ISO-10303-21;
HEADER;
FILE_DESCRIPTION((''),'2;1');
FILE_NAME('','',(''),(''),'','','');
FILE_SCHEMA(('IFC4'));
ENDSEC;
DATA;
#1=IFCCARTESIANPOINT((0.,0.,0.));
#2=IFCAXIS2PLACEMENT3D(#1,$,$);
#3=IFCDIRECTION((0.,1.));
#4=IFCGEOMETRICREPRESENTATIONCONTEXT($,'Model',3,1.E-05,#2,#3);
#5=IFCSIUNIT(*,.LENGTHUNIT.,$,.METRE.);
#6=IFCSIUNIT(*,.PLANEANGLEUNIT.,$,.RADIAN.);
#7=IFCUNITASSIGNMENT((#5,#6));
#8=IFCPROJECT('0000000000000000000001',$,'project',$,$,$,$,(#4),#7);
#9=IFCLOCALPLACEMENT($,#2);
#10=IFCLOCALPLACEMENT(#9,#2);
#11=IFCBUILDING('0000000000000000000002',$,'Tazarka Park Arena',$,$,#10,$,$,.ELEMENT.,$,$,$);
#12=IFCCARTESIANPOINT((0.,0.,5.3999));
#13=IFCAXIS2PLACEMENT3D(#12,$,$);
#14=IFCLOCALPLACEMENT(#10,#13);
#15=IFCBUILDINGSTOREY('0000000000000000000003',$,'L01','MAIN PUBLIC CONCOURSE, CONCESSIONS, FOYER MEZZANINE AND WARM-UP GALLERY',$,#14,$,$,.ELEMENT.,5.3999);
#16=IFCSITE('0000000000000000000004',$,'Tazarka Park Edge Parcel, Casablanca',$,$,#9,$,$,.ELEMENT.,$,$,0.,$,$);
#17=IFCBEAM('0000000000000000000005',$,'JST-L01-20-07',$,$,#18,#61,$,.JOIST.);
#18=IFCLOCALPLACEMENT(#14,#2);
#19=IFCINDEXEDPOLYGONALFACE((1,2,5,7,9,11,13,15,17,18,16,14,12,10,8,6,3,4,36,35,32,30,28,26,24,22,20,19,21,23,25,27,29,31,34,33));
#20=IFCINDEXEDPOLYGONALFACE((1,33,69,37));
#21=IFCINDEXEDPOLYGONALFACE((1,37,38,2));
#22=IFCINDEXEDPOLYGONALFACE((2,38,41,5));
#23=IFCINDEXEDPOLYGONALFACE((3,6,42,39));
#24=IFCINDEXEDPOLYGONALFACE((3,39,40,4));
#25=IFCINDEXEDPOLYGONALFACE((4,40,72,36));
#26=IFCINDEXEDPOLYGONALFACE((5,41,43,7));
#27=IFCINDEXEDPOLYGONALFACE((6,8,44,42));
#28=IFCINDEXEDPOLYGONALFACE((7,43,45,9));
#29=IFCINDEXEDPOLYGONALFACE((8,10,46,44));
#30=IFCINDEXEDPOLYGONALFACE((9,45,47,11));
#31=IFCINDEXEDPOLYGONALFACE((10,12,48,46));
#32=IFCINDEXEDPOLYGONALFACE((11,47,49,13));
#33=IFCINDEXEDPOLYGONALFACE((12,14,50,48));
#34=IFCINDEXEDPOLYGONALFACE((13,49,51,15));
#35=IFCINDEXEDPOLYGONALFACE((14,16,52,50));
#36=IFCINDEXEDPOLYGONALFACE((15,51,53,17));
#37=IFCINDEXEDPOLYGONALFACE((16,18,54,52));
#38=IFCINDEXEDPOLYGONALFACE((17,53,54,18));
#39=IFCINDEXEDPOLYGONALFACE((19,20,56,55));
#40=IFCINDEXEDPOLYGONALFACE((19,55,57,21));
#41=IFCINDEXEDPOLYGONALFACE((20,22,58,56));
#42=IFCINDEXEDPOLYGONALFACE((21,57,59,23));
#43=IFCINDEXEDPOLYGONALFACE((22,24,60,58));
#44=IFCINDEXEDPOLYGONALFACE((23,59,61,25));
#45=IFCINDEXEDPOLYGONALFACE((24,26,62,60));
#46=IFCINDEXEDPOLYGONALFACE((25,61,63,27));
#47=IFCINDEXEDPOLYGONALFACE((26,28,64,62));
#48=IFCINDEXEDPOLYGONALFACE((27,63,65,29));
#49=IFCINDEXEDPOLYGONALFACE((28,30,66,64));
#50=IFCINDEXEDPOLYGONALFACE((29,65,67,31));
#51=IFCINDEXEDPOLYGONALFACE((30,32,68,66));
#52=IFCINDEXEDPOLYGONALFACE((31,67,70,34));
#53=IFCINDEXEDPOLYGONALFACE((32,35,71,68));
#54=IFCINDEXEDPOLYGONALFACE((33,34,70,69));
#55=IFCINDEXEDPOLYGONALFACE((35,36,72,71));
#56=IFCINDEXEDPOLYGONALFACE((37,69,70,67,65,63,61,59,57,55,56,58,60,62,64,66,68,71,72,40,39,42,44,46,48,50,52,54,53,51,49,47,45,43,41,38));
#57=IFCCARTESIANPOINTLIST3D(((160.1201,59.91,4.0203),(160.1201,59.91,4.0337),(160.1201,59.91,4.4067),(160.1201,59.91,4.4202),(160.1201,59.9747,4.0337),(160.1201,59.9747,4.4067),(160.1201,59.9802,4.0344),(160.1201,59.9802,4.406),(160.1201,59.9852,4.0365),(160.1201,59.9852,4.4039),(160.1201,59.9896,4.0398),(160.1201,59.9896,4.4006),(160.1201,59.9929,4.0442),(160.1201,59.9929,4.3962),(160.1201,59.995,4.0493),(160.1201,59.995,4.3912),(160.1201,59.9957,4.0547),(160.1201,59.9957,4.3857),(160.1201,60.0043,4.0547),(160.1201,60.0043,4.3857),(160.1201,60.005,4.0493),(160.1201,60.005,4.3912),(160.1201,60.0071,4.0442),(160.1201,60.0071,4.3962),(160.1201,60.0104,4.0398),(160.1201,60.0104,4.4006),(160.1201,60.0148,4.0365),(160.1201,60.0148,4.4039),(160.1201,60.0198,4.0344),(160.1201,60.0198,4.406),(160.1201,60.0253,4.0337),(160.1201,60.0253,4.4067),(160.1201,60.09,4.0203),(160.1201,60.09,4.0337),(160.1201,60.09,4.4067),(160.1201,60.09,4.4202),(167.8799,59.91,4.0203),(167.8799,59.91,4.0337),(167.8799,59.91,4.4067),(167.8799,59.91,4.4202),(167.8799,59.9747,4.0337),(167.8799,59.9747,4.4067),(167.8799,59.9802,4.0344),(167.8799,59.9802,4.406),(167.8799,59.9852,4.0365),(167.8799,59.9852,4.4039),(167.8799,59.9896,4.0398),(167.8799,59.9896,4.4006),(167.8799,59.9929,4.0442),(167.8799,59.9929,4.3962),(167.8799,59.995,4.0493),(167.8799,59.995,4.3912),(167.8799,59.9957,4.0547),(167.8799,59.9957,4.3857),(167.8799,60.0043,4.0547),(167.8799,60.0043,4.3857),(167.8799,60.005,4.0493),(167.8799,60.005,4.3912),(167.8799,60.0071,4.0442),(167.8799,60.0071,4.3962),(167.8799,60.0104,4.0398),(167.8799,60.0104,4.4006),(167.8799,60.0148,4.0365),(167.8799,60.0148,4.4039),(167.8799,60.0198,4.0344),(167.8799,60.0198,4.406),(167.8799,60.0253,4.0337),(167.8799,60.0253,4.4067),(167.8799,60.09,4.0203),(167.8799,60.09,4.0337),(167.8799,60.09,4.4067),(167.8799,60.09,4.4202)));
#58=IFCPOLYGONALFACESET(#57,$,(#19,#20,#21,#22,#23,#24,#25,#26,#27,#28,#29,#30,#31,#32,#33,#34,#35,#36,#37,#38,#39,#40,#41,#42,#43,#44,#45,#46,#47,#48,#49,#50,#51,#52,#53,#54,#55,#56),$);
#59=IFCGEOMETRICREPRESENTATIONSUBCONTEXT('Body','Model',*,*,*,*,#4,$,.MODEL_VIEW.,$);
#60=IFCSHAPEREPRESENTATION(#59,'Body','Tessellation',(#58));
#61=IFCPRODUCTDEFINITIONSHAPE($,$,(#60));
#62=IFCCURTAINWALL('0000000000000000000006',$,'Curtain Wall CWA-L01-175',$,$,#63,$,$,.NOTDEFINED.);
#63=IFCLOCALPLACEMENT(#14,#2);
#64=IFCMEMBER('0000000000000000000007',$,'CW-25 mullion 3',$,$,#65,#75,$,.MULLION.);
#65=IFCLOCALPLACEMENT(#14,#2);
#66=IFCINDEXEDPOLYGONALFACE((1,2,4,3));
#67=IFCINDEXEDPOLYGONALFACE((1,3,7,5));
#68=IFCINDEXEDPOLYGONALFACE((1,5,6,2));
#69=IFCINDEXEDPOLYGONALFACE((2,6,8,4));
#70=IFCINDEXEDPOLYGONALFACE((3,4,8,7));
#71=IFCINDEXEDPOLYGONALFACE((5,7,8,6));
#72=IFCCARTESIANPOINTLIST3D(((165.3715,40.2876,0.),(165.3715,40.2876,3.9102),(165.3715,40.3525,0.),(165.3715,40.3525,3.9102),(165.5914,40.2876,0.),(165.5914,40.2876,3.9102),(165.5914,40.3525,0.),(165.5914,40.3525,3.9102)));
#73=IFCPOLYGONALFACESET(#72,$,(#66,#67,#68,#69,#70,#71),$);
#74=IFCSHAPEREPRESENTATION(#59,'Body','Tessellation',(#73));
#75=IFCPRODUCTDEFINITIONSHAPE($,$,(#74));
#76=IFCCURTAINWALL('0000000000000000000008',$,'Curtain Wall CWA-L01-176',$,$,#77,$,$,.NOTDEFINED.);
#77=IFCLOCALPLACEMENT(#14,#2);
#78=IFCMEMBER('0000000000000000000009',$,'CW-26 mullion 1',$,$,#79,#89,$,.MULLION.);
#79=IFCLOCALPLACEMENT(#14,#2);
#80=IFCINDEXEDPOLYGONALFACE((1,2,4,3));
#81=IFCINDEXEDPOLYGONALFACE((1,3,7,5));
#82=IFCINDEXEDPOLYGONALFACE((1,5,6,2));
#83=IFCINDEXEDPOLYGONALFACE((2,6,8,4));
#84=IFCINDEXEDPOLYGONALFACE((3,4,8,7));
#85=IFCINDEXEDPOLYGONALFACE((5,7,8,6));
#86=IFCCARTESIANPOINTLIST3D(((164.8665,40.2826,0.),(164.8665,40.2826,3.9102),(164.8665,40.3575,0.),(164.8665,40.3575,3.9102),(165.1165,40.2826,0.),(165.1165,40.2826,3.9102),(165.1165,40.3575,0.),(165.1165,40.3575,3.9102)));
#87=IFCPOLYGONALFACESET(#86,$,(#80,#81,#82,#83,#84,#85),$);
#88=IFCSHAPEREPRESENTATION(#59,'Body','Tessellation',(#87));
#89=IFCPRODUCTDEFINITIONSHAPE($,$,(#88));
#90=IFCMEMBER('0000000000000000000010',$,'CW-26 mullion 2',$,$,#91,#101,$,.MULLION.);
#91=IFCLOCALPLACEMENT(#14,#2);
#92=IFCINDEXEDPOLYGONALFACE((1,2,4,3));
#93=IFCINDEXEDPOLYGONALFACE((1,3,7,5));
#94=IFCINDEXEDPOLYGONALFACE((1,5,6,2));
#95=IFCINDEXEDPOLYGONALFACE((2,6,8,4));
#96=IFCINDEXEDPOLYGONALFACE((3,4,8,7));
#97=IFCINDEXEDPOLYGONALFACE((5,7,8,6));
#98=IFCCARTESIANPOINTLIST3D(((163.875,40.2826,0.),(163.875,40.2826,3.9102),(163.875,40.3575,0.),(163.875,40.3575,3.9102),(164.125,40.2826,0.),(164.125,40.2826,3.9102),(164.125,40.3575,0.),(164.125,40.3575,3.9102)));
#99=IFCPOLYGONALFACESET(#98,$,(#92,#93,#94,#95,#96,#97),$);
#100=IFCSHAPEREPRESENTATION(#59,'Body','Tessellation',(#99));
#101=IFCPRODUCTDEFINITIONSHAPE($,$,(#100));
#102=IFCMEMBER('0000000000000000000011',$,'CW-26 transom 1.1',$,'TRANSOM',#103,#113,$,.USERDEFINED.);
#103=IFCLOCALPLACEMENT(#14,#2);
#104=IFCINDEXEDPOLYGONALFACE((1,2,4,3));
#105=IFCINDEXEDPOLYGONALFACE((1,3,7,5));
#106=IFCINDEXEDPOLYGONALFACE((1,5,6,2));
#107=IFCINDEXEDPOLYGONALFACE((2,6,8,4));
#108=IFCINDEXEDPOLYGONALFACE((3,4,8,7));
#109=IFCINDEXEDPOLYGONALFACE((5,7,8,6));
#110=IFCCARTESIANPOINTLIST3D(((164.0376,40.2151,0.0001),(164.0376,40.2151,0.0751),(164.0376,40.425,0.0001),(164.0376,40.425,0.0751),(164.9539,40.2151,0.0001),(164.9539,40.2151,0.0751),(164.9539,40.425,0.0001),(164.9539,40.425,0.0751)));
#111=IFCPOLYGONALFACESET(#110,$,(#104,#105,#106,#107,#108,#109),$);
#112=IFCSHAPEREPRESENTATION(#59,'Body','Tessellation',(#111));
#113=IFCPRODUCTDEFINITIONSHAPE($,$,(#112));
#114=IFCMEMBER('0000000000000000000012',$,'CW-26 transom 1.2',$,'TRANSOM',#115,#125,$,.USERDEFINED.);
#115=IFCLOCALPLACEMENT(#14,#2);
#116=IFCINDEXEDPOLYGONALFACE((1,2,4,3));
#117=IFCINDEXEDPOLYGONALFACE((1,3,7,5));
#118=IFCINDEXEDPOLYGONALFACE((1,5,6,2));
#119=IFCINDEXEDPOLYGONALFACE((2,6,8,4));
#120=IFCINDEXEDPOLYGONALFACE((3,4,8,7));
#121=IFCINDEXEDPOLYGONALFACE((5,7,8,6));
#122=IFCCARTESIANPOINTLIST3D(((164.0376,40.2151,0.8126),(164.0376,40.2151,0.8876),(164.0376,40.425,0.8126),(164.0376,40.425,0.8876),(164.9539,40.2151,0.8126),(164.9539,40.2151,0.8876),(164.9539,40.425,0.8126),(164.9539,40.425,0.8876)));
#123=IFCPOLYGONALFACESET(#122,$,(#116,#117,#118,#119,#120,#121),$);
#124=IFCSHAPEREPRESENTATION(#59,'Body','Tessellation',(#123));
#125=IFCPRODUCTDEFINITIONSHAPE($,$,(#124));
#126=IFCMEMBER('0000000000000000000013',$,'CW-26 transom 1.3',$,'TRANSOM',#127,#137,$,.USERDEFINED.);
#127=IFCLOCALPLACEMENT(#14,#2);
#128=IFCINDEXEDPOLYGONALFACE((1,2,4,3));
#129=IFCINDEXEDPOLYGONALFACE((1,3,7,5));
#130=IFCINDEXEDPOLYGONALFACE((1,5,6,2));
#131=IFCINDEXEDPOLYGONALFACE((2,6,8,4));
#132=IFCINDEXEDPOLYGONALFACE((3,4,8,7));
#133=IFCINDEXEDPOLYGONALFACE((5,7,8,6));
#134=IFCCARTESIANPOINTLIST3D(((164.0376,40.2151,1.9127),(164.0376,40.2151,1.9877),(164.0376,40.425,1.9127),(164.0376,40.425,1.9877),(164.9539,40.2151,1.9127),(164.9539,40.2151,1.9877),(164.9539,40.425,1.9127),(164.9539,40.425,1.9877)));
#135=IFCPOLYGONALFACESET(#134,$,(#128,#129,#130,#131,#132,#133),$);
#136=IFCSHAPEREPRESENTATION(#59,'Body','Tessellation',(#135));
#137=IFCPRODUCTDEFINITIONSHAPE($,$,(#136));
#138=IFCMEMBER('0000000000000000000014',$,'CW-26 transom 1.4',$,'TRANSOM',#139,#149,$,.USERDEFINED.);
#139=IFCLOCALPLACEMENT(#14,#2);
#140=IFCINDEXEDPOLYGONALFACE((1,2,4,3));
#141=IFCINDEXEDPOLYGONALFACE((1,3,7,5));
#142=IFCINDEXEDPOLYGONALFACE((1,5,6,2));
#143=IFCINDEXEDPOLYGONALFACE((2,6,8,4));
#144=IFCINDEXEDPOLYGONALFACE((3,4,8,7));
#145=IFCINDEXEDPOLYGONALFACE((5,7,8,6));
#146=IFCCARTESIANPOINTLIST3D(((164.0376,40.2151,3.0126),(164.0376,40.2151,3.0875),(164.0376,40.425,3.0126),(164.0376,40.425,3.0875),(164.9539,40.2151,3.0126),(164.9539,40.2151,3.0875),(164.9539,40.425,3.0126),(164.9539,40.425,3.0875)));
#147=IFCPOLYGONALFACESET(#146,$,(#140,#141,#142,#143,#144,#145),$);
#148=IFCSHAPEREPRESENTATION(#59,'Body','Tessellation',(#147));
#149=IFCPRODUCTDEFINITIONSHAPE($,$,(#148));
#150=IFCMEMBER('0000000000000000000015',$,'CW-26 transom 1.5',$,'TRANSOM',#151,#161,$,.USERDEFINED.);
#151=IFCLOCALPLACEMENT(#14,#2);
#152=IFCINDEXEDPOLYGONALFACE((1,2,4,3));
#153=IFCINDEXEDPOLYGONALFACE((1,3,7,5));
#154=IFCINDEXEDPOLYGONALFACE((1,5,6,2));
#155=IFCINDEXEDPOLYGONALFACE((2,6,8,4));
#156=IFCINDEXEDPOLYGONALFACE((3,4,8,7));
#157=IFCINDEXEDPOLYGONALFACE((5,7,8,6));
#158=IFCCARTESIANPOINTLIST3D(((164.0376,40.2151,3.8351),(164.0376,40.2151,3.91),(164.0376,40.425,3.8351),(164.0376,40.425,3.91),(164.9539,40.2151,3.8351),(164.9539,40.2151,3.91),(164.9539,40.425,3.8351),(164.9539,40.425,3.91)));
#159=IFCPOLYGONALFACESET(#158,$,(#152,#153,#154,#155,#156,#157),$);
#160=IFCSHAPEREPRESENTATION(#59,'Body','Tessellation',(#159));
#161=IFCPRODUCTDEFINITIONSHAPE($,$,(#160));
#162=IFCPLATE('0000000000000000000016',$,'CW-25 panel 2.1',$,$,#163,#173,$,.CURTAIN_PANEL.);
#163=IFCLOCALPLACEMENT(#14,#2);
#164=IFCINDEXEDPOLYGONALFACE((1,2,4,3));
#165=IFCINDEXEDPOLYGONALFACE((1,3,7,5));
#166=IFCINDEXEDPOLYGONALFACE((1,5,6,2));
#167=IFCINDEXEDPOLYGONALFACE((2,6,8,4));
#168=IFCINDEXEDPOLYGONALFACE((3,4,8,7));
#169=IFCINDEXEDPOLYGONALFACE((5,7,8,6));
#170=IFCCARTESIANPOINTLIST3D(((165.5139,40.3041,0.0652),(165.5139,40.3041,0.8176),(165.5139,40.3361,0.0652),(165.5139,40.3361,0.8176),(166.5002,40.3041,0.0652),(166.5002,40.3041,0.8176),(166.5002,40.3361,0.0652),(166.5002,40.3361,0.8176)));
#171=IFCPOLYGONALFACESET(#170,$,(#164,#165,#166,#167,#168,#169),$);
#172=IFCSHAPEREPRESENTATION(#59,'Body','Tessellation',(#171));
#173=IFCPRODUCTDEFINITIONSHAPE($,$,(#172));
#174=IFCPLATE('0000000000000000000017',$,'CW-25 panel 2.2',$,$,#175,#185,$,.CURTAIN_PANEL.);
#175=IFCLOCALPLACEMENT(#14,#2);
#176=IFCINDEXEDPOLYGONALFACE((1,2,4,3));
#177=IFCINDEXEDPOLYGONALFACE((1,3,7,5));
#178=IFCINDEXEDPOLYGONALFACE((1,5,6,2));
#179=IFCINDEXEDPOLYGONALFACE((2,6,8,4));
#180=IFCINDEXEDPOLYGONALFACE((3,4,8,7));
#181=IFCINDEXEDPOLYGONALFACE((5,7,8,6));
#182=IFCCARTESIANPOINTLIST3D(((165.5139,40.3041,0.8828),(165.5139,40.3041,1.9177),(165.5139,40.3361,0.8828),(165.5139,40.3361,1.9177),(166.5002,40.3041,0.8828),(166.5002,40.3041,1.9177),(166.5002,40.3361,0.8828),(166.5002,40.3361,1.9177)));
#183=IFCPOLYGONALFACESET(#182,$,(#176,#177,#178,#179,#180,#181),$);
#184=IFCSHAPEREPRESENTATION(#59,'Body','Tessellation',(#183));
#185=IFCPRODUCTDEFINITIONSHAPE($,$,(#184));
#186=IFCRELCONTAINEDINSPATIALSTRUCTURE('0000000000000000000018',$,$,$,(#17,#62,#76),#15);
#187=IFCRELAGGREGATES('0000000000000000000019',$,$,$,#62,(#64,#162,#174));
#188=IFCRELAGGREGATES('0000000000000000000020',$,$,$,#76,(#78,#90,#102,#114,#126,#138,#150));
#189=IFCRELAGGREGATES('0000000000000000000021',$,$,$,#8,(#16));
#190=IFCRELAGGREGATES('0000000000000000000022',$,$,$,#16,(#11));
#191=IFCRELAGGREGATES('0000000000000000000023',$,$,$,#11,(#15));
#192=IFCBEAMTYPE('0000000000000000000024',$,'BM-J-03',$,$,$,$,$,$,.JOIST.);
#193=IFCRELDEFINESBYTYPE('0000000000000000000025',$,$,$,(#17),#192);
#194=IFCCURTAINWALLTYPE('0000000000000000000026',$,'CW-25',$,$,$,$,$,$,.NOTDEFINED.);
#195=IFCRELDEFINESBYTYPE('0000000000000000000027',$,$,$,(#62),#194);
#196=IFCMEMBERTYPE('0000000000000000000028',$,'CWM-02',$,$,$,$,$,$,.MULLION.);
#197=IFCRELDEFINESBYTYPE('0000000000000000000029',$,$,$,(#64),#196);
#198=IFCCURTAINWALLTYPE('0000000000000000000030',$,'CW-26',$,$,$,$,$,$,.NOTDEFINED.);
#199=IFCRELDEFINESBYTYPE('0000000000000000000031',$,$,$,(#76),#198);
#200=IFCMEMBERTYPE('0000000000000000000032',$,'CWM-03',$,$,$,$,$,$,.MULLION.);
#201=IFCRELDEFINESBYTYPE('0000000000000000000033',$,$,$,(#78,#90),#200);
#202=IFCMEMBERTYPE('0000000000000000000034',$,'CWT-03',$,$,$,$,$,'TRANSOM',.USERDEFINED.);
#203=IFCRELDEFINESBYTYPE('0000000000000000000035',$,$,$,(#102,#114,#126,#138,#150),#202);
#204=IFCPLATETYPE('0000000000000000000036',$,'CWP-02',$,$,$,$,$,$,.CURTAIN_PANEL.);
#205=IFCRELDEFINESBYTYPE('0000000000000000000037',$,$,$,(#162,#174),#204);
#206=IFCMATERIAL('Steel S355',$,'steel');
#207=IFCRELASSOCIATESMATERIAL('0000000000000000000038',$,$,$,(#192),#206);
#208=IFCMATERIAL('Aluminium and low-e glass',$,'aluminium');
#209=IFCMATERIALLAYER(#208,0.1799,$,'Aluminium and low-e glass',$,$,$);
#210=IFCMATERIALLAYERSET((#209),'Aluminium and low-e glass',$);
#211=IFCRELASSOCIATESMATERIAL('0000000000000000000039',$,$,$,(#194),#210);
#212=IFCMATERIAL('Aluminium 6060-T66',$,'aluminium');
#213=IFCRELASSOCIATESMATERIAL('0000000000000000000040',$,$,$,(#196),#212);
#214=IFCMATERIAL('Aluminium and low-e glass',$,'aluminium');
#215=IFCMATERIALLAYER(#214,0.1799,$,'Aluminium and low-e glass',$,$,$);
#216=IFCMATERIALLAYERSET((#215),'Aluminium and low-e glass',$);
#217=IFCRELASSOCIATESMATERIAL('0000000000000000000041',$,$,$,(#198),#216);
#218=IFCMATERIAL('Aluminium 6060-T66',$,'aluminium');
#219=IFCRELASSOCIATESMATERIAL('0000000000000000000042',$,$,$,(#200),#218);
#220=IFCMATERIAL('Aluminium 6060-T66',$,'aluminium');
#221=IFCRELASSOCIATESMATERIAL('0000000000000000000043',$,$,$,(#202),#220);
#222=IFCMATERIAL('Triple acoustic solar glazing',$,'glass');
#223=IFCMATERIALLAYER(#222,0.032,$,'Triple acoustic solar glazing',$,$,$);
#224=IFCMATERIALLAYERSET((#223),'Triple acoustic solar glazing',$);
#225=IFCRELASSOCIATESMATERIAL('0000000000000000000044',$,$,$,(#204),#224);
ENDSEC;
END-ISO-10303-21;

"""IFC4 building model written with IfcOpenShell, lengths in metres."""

from ifc_helpers import new_model, si_unit, direction, frame, origin, origin_2d, place, context, subcontext, project, spatial, rectangle, i_section, extrude, material, layer, layer_set, material_profile, profile_set, type_object, element, aggregate, save


model = new_model("IFC4")

# Units and contexts
model_context = context("Model", 3, precision=1e-05, world=origin(), true_north=direction((0.0, 1.0)))
body_context = subcontext(model_context, "Body", "Model", "MODEL_VIEW")
ifc_project = project(units=[si_unit("LENGTHUNIT", "METRE"), si_unit("PLANEANGLEUNIT", "RADIAN")], contexts=[model_context])

# Site, building, storey
site_placement = place(None, origin())
site = spatial("IfcSite", under=ifc_project, at=site_placement, Name="Tazarka Park Edge Parcel, Casablanca", CompositionType="ELEMENT", RefElevation=0.0)
building_placement = place(site_placement, origin())
building = spatial("IfcBuilding", under=site, at=building_placement, Name="Tazarka Park Arena", CompositionType="ELEMENT")
storey_placement = place(building_placement, frame((0.0, 0.0, 5.3999)))
storey = spatial("IfcBuildingStorey", under=building, at=storey_placement, Name="L01", Description="MAIN PUBLIC CONCOURSE, CONCESSIONS, FOYER MEZZANINE AND WARM-UP GALLERY", CompositionType="ELEMENT", Elevation=5.3999)

# Beam
ifc_material_1 = material(Name="Steel S355", Category="steel")
ifc_material_profile_1 = material_profile(ifc_material_1, i_section(OverallWidth=0.1799, OverallDepth=0.3999, WebThickness=0.0085, FlangeThickness=0.0134, FilletRadius=0.021, at=origin_2d()), Name="Steel S355")
ifc_profile_set_1 = profile_set([ifc_material_profile_1], Name="Steel S355")
beam_type_1 = type_object("IfcBeamType", Name="BM-J-03", PredefinedType="JOIST", material=ifc_profile_set_1)
beam_1_placement = place(storey_placement, frame((160.1201, 60.0, 4.2202), z_axis=(1.0, 0.0, 0.0), x_axis=(0.0, 1.0, 0.0)))
element("IfcBeam", 1, at=beam_1_placement, inside=storey, type_object=beam_type_1, Name="JST-L01-20-07", PredefinedType="JOIST", context=body_context, shape_type="SweptSolid", body=[
    extrude(i_section(OverallWidth=0.1799, OverallDepth=0.3999, WebThickness=0.0085, FlangeThickness=0.0134, FilletRadius=0.021, at=origin_2d()), origin(), (0.0, 0.0, 1.0), 7.7598),
])

# Curtain wall, member
ifc_material_2 = material(Name="Aluminium and low-e glass", Category="aluminium")
ifc_layer_1 = layer(ifc_material_2, 0.1799, Name="Aluminium and low-e glass")
ifc_layer_set_1 = layer_set([ifc_layer_1], Name="Aluminium and low-e glass")
curtain_wall_type_1 = type_object("IfcCurtainWallType", Name="CW-25", PredefinedType="NOTDEFINED", material=ifc_layer_set_1)
curtain_wall_1_placement = place(storey_placement, origin())
curtain_wall_1 = element("IfcCurtainWall", 2, at=curtain_wall_1_placement, inside=storey, type_object=curtain_wall_type_1, Name="Curtain Wall CWA-L01-175", PredefinedType="NOTDEFINED")
ifc_material_3 = material(Name="Aluminium 6060-T66", Category="aluminium")
ifc_material_profile_2 = material_profile(ifc_material_3, rectangle(XDim=0.0649, YDim=0.22, at=origin_2d()), Name="Aluminium 6060-T66")
ifc_profile_set_2 = profile_set([ifc_material_profile_2], Name="Aluminium 6060-T66")
member_type_1 = type_object("IfcMemberType", Name="CWM-02", PredefinedType="MULLION", material=ifc_profile_set_2)
member_1_placement = place(storey_placement, frame((165.4814, 40.3201, 0.0), z_axis=(0.0, 0.0, 1.0), x_axis=(0.0, -1.0, 0.0)))
member_1 = element("IfcMember", 3, at=member_1_placement, type_object=member_type_1, Name="CW-25 mullion 3", PredefinedType="MULLION", context=body_context, shape_type="SweptSolid", body=[
    extrude(rectangle(XDim=0.0649, YDim=0.22, at=origin_2d()), origin(), (0.0, 0.0, 1.0), 3.9102),
])

# Curtain wall, members
ifc_material_4 = material(Name="Aluminium and low-e glass", Category="aluminium")
ifc_layer_2 = layer(ifc_material_4, 0.1799, Name="Aluminium and low-e glass")
ifc_layer_set_2 = layer_set([ifc_layer_2], Name="Aluminium and low-e glass")
curtain_wall_type_2 = type_object("IfcCurtainWallType", Name="CW-26", PredefinedType="NOTDEFINED", material=ifc_layer_set_2)
curtain_wall_2_placement = place(storey_placement, origin())
curtain_wall_2 = element("IfcCurtainWall", 4, at=curtain_wall_2_placement, inside=storey, type_object=curtain_wall_type_2, Name="Curtain Wall CWA-L01-176", PredefinedType="NOTDEFINED")
ifc_material_5 = material(Name="Aluminium 6060-T66", Category="aluminium")
ifc_material_profile_3 = material_profile(ifc_material_5, rectangle(XDim=0.075, YDim=0.25, at=origin_2d()), Name="Aluminium 6060-T66")
ifc_profile_set_3 = profile_set([ifc_material_profile_3], Name="Aluminium 6060-T66")
member_type_2 = type_object("IfcMemberType", Name="CWM-03", PredefinedType="MULLION", material=ifc_profile_set_3)
member_2_placement = place(storey_placement, frame((164.9915, 40.3201, 0.0), z_axis=(0.0, 0.0, 1.0), x_axis=(0.0, -1.0, 0.0)))
member_2 = element("IfcMember", 5, at=member_2_placement, type_object=member_type_2, Name="CW-26 mullion 1", PredefinedType="MULLION", context=body_context, shape_type="SweptSolid", body=[
    extrude(rectangle(XDim=0.075, YDim=0.25, at=origin_2d()), origin(), (0.0, 0.0, 1.0), 3.9102),
])
member_3_placement = place(storey_placement, frame((164.0, 40.3201, 0.0), z_axis=(0.0, 0.0, 1.0), x_axis=(0.0, -1.0, 0.0)))
member_3 = element("IfcMember", 6, at=member_3_placement, type_object=member_type_2, Name="CW-26 mullion 2", PredefinedType="MULLION", context=body_context, shape_type="SweptSolid", body=[
    extrude(rectangle(XDim=0.075, YDim=0.25, at=origin_2d()), origin(), (0.0, 0.0, 1.0), 3.9102),
])
ifc_material_6 = material(Name="Aluminium 6060-T66", Category="aluminium")
ifc_material_profile_4 = material_profile(ifc_material_6, rectangle(XDim=0.21, YDim=0.075, at=origin_2d()), Name="Aluminium 6060-T66")
ifc_profile_set_4 = profile_set([ifc_material_profile_4], Name="Aluminium 6060-T66")
member_type_3 = type_object("IfcMemberType", Name="CWT-03", ElementType="TRANSOM", PredefinedType="USERDEFINED", material=ifc_profile_set_4)
member_4_placement = place(storey_placement, frame((164.9539, 40.3201, 0.0376), z_axis=(-1.0, 0.0, 0.0), x_axis=(0.0, -1.0, 0.0)))
member_4 = element("IfcMember", 7, at=member_4_placement, type_object=member_type_3, Name="CW-26 transom 1.1", ObjectType="TRANSOM", PredefinedType="USERDEFINED", context=body_context, shape_type="SweptSolid", body=[
    extrude(rectangle(XDim=0.21, YDim=0.075, at=origin_2d()), origin(), (0.0, 0.0, 1.0), 0.9163),
])
member_5_placement = place(storey_placement, frame((164.9539, 40.3201, 0.8501), z_axis=(-1.0, 0.0, 0.0), x_axis=(0.0, -1.0, 0.0)))
member_5 = element("IfcMember", 8, at=member_5_placement, type_object=member_type_3, Name="CW-26 transom 1.2", ObjectType="TRANSOM", PredefinedType="USERDEFINED", context=body_context, shape_type="SweptSolid", body=[
    extrude(rectangle(XDim=0.21, YDim=0.075, at=origin_2d()), origin(), (0.0, 0.0, 1.0), 0.9163),
])
member_6_placement = place(storey_placement, frame((164.9539, 40.3201, 1.9502), z_axis=(-1.0, 0.0, 0.0), x_axis=(0.0, -1.0, 0.0)))
member_6 = element("IfcMember", 9, at=member_6_placement, type_object=member_type_3, Name="CW-26 transom 1.3", ObjectType="TRANSOM", PredefinedType="USERDEFINED", context=body_context, shape_type="SweptSolid", body=[
    extrude(rectangle(XDim=0.21, YDim=0.075, at=origin_2d()), origin(), (0.0, 0.0, 1.0), 0.9163),
])
member_7_placement = place(storey_placement, frame((164.9539, 40.3201, 3.05), z_axis=(-1.0, 0.0, 0.0), x_axis=(0.0, -1.0, 0.0)))
member_7 = element("IfcMember", 10, at=member_7_placement, type_object=member_type_3, Name="CW-26 transom 1.4", ObjectType="TRANSOM", PredefinedType="USERDEFINED", context=body_context, shape_type="SweptSolid", body=[
    extrude(rectangle(XDim=0.21, YDim=0.075, at=origin_2d()), origin(), (0.0, 0.0, 1.0), 0.9163),
])
member_8_placement = place(storey_placement, frame((164.9539, 40.3201, 3.8726), z_axis=(-1.0, 0.0, 0.0), x_axis=(0.0, -1.0, 0.0)))
member_8 = element("IfcMember", 11, at=member_8_placement, type_object=member_type_3, Name="CW-26 transom 1.5", ObjectType="TRANSOM", PredefinedType="USERDEFINED", context=body_context, shape_type="SweptSolid", body=[
    extrude(rectangle(XDim=0.21, YDim=0.075, at=origin_2d()), origin(), (0.0, 0.0, 1.0), 0.9163),
])

# Plates
ifc_material_7 = material(Name="Triple acoustic solar glazing", Category="glass")
ifc_layer_3 = layer(ifc_material_7, 0.032, Name="Triple acoustic solar glazing")
ifc_layer_set_3 = layer_set([ifc_layer_3], Name="Triple acoustic solar glazing")
plate_type_1 = type_object("IfcPlateType", Name="CWP-02", PredefinedType="CURTAIN_PANEL", material=ifc_layer_set_3)
plate_1_placement = place(storey_placement, frame((166.0071, 40.3201, 0.0652), z_axis=(0.0, 0.0, 1.0), x_axis=(-1.0, 0.0, 0.0)))
plate_1 = element("IfcPlate", 12, at=plate_1_placement, type_object=plate_type_1, Name="CW-25 panel 2.1", PredefinedType="CURTAIN_PANEL", context=body_context, shape_type="SweptSolid", body=[
    extrude(rectangle(XDim=0.9863, YDim=0.032, at=origin_2d()), origin(), (0.0, 0.0, 1.0), 0.7524),
])
plate_2_placement = place(storey_placement, frame((166.0071, 40.3201, 0.8828), z_axis=(0.0, 0.0, 1.0), x_axis=(-1.0, 0.0, 0.0)))
plate_2 = element("IfcPlate", 13, at=plate_2_placement, type_object=plate_type_1, Name="CW-25 panel 2.2", PredefinedType="CURTAIN_PANEL", context=body_context, shape_type="SweptSolid", body=[
    extrude(rectangle(XDim=0.9863, YDim=0.032, at=origin_2d()), origin(), (0.0, 0.0, 1.0), 1.0349),
])
aggregate(curtain_wall_1, [member_1, plate_1, plate_2])
aggregate(curtain_wall_2, [member_2, member_3, member_4, member_5, member_6, member_7, member_8])

save(model, "model.ifc")
